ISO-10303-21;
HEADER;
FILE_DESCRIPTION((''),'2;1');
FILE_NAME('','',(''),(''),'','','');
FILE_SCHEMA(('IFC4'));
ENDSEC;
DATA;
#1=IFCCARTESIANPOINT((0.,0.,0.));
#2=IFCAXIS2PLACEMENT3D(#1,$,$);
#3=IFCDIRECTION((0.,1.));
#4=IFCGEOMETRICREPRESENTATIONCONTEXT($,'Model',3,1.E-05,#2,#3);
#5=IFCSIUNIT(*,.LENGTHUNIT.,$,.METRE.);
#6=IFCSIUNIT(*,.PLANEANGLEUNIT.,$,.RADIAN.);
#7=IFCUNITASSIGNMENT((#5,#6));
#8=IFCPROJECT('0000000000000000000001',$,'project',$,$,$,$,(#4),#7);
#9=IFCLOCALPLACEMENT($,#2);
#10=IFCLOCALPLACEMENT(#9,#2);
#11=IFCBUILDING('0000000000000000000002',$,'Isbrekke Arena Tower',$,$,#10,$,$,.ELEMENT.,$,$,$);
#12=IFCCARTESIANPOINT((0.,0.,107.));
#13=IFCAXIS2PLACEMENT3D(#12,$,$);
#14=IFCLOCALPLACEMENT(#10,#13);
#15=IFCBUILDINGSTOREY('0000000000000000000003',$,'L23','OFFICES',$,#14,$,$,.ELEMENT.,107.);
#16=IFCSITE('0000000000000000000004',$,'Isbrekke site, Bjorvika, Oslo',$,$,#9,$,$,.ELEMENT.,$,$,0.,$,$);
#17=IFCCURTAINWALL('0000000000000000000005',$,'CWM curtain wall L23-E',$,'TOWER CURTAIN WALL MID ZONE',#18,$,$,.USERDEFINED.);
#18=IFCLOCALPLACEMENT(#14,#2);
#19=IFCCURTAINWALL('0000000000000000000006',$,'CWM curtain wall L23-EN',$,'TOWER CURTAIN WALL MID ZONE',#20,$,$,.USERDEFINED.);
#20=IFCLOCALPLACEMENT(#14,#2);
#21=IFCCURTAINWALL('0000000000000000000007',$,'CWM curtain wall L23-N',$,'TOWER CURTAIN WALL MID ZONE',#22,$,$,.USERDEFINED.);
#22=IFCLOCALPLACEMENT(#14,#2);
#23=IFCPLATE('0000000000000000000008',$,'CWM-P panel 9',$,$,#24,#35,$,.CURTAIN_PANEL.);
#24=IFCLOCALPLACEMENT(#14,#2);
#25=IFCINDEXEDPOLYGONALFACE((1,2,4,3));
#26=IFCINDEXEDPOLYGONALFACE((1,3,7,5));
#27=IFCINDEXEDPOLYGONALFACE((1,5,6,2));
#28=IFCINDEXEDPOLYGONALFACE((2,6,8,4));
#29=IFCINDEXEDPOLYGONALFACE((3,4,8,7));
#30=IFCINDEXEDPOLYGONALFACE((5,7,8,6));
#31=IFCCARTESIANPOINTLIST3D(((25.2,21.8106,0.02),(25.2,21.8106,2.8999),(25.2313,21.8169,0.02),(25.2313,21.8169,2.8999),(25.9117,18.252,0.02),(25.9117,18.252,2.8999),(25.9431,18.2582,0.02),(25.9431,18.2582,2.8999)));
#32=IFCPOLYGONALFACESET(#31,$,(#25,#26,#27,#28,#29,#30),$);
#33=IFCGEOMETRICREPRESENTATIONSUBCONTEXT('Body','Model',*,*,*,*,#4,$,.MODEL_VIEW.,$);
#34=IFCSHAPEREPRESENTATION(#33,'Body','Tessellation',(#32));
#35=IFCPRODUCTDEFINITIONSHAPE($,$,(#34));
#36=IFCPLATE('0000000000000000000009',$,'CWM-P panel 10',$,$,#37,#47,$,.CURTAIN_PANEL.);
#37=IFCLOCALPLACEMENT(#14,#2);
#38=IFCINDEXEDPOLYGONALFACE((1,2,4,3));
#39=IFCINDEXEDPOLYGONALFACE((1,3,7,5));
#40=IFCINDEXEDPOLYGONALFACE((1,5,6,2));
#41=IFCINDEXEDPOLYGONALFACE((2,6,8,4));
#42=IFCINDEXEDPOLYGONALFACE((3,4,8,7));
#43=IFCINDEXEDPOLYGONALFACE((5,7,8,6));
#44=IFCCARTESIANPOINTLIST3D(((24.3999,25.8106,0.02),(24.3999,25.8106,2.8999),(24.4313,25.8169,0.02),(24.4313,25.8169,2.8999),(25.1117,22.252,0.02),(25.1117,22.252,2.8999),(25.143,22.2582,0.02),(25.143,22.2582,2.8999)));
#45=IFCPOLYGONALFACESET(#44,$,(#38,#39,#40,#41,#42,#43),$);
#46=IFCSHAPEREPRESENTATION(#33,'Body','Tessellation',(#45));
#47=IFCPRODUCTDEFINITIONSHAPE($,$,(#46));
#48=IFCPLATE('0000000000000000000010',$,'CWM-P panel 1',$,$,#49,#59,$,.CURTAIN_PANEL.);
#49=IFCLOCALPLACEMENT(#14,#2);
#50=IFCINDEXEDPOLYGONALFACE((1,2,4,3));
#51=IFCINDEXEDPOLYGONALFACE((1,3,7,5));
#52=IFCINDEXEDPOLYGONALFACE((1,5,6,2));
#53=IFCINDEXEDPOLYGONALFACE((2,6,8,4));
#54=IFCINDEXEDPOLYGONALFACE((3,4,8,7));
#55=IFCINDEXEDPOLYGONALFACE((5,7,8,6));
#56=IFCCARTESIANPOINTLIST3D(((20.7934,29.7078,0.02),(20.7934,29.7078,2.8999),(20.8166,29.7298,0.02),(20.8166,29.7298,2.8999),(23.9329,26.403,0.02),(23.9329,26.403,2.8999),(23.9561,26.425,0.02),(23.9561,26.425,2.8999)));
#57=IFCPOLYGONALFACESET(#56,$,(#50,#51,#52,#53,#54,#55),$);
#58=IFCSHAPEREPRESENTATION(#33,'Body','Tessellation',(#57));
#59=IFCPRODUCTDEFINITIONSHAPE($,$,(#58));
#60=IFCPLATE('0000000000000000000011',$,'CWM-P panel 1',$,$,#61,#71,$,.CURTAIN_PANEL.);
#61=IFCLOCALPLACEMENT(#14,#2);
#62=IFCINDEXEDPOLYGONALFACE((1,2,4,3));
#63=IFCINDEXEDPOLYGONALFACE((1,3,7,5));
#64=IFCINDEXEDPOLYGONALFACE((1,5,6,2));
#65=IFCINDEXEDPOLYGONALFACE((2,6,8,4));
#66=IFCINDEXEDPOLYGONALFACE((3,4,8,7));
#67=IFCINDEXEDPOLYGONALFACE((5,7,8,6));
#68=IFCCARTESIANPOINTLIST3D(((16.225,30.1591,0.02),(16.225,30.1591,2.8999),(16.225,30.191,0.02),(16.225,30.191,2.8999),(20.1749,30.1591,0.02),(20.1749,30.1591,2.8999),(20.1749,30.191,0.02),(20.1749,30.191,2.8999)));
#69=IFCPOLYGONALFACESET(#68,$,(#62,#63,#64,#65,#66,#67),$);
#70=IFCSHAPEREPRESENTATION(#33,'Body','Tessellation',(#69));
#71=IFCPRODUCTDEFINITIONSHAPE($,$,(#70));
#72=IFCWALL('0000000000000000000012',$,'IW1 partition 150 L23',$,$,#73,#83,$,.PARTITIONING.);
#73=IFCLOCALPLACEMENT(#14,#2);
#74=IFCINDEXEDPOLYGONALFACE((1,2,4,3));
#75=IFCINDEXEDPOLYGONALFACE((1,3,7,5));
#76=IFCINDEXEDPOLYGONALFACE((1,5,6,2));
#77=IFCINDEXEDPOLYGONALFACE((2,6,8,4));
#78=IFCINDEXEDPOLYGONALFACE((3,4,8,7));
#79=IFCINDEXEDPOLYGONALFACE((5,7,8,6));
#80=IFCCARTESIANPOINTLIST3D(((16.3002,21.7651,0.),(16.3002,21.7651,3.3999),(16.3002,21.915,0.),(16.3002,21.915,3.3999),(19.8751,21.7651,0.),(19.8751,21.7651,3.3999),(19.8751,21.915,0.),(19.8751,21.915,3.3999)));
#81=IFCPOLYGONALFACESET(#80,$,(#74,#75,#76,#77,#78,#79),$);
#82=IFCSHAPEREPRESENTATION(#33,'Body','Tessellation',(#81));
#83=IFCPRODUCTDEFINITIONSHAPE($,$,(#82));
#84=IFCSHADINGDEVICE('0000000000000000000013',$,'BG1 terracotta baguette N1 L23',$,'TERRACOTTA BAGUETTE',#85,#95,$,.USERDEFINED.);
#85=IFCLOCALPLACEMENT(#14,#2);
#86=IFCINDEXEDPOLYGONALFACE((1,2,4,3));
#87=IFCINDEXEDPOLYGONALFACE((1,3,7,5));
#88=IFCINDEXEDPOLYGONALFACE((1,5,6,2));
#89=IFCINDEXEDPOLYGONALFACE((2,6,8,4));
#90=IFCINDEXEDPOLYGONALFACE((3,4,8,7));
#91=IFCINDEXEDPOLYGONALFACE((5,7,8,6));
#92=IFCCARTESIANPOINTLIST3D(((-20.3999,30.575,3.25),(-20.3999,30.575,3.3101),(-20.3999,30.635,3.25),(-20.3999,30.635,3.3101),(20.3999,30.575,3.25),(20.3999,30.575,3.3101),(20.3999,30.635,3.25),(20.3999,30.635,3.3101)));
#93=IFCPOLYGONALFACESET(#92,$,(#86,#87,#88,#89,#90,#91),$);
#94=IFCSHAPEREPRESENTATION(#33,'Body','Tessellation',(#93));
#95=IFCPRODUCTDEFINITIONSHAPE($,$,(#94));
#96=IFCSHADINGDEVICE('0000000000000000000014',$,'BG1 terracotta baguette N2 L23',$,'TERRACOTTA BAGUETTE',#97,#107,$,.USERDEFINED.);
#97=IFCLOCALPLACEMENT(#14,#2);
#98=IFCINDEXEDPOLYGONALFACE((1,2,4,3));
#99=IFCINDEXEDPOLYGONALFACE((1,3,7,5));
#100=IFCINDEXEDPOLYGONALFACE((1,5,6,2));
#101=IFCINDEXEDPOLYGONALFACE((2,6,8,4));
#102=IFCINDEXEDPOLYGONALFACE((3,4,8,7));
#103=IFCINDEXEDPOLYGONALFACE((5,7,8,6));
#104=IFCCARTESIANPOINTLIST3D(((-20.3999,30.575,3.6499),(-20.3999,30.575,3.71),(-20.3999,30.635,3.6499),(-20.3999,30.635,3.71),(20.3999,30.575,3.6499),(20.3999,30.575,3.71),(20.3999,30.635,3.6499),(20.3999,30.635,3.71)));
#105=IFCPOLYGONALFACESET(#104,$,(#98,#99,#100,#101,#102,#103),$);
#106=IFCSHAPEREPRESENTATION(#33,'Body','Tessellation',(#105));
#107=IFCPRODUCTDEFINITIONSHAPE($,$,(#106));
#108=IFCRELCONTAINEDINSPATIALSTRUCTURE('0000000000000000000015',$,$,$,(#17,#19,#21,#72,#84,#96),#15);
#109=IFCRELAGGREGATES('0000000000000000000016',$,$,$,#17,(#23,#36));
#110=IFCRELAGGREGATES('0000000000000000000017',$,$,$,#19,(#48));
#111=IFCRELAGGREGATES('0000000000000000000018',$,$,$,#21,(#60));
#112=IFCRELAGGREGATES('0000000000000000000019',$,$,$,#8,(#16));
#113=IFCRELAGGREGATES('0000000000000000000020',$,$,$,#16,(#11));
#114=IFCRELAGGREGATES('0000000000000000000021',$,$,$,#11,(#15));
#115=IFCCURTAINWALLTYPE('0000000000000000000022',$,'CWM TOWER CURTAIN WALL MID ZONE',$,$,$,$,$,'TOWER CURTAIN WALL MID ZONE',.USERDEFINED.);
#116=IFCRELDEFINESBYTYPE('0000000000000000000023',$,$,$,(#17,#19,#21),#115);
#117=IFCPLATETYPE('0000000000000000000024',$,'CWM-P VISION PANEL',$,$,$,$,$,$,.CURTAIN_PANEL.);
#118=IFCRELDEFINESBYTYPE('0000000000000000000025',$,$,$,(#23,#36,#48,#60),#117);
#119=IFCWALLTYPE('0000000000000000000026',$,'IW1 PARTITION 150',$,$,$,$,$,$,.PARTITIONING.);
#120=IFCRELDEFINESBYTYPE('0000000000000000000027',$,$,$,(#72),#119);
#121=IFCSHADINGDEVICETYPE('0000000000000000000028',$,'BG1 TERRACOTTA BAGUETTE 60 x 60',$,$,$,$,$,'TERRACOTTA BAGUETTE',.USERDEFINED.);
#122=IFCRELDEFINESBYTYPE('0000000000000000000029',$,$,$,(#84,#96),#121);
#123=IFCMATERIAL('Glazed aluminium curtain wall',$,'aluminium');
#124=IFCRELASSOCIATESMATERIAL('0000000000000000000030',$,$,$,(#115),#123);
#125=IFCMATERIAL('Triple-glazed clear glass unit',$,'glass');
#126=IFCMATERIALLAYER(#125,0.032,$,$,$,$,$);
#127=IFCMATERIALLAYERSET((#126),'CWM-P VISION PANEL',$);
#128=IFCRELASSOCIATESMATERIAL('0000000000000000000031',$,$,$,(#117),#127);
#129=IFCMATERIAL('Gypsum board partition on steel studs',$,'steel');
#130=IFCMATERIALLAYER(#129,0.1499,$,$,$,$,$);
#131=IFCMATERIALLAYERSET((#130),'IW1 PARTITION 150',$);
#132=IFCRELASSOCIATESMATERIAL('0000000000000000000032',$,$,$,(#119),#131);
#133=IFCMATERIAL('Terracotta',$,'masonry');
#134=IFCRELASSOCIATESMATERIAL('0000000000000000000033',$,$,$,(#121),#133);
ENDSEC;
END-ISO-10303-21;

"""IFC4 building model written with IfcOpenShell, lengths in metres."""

from ifc_helpers import new_model, si_unit, direction, frame, frame_2d, origin, origin_2d, place, context, subcontext, project, spatial, rectangle, extrude, material, layer, layer_set, material_profile, profile_set, type_object, element, aggregate, save


model = new_model("IFC4")

# Units and contexts
model_context = context("Model", 3, precision=1e-05, world=origin(), true_north=direction((0.0, 1.0)))
body_context = subcontext(model_context, "Body", "Model", "MODEL_VIEW")
ifc_project = project(units=[si_unit("LENGTHUNIT", "METRE"), si_unit("PLANEANGLEUNIT", "RADIAN")], contexts=[model_context])

# Site, building, storey
site_placement = place(None, origin())
site = spatial("IfcSite", under=ifc_project, at=site_placement, Name="Isbrekke site, Bjorvika, Oslo", CompositionType="ELEMENT", RefElevation=0.0)
building_placement = place(site_placement, origin())
building = spatial("IfcBuilding", under=site, at=building_placement, Name="Isbrekke Arena Tower", CompositionType="ELEMENT")
storey_placement = place(building_placement, frame((0.0, 0.0, 107.0)))
storey = spatial("IfcBuildingStorey", under=building, at=storey_placement, Name="L23", Description="OFFICES", CompositionType="ELEMENT", Elevation=107.0)

# Curtain walls
ifc_material_1 = material(Name="Glazed aluminium curtain wall", Category="aluminium")
curtain_wall_type = type_object("IfcCurtainWallType", Name="CWM TOWER CURTAIN WALL MID ZONE", ElementType="TOWER CURTAIN WALL MID ZONE", PredefinedType="USERDEFINED", material=ifc_material_1)
curtain_wall_1_placement = place(storey_placement, origin())
curtain_wall_1 = element("IfcCurtainWall", 1, at=curtain_wall_1_placement, inside=storey, type_object=curtain_wall_type, Name="CWM curtain wall L23-E", ObjectType="TOWER CURTAIN WALL MID ZONE", PredefinedType="USERDEFINED")
curtain_wall_2_placement = place(storey_placement, origin())
curtain_wall_2 = element("IfcCurtainWall", 2, at=curtain_wall_2_placement, inside=storey, type_object=curtain_wall_type, Name="CWM curtain wall L23-EN", ObjectType="TOWER CURTAIN WALL MID ZONE", PredefinedType="USERDEFINED")
curtain_wall_3_placement = place(storey_placement, origin())
curtain_wall_3 = element("IfcCurtainWall", 3, at=curtain_wall_3_placement, inside=storey, type_object=curtain_wall_type, Name="CWM curtain wall L23-N", ObjectType="TOWER CURTAIN WALL MID ZONE", PredefinedType="USERDEFINED")

# Plates
ifc_material_2 = material(Name="Triple-glazed clear glass unit", Category="glass")
ifc_layer_1 = layer(ifc_material_2, 0.032)
ifc_layer_set_1 = layer_set([ifc_layer_1], Name="CWM-P VISION PANEL")
plate_type = type_object("IfcPlateType", Name="CWM-P VISION PANEL", PredefinedType="CURTAIN_PANEL", material=ifc_layer_set_1)
plate_1_placement = place(storey_placement, frame((25.5715, 20.0344, 0.02), z_axis=(0.0, 0.0, 1.0), x_axis=(-0.196116, 0.980581, 0.0)))
plate_1 = element("IfcPlate", 4, at=plate_1_placement, type_object=plate_type, Name="CWM-P panel 9", PredefinedType="CURTAIN_PANEL", context=body_context, shape_type="SweptSolid", body=[
    extrude(rectangle(XDim=3.6292, YDim=0.032, at=origin_2d()), origin(), (0.0, 0.0, 1.0), 2.8799),
])
plate_2_placement = place(storey_placement, frame((24.7715, 24.0344, 0.02), z_axis=(0.0, 0.0, 1.0), x_axis=(-0.196116, 0.980581, 0.0)))
plate_2 = element("IfcPlate", 5, at=plate_2_placement, type_object=plate_type, Name="CWM-P panel 10", PredefinedType="CURTAIN_PANEL", context=body_context, shape_type="SweptSolid", body=[
    extrude(rectangle(XDim=3.6292, YDim=0.032, at=origin_2d()), origin(), (0.0, 0.0, 1.0), 2.8799),
])
aggregate(curtain_wall_1, [plate_1, plate_2])
plate_3_placement = place(storey_placement, frame((22.3748, 28.0664, 0.02), z_axis=(0.0, 0.0, 1.0), x_axis=(-0.688749, 0.724999, 0.0)))
plate_3 = element("IfcPlate", 6, at=plate_3_placement, type_object=plate_type, Name="CWM-P panel 1", PredefinedType="CURTAIN_PANEL", context=body_context, shape_type="SweptSolid", body=[
    extrude(rectangle(XDim=4.5583, YDim=0.032, at=origin_2d()), origin(), (0.0, 0.0, 1.0), 2.8799),
])
aggregate(curtain_wall_2, [plate_3])
plate_4_placement = place(storey_placement, frame((18.2, 30.175, 0.02), z_axis=(0.0, 0.0, 1.0), x_axis=(-1.0, 0.0, 0.0)))
plate_4 = element("IfcPlate", 7, at=plate_4_placement, type_object=plate_type, Name="CWM-P panel 1", PredefinedType="CURTAIN_PANEL", context=body_context, shape_type="SweptSolid", body=[
    extrude(rectangle(XDim=3.95, YDim=0.032, at=origin_2d()), origin(), (0.0, 0.0, 1.0), 2.8799),
])
aggregate(curtain_wall_3, [plate_4])

# Wall
ifc_material_3 = material(Name="Gypsum board partition on steel studs", Category="steel")
ifc_layer_2 = layer(ifc_material_3, 0.1499)
ifc_layer_set_2 = layer_set([ifc_layer_2], Name="IW1 PARTITION 150")
wall_type = type_object("IfcWallType", Name="IW1 PARTITION 150", PredefinedType="PARTITIONING", material=ifc_layer_set_2)
wall_placement = place(storey_placement, frame((16.3, 21.8401, 0.0), z_axis=(0.0, 0.0, 1.0), x_axis=(1.0, 0.0, 0.0)))
element("IfcWall", 8, at=wall_placement, inside=storey, type_object=wall_type, Name="IW1 partition 150 L23", PredefinedType="PARTITIONING", context=body_context, shape_type="SweptSolid", body=[
    extrude(rectangle(XDim=3.575, YDim=0.1499, at=frame_2d((1.7876, 0.0))), origin(), (0.0, 0.0, 1.0), 3.3999),
])

# Shading devices
ifc_material_4 = material(Name="Terracotta", Category="masonry")
ifc_material_profile_1 = material_profile(ifc_material_4, rectangle(XDim=0.0601, YDim=0.0601, at=origin_2d()), Name="BAGUETTE 60X60")
ifc_profile_set_1 = profile_set([ifc_material_profile_1], Name="Terracotta")
shading_device_type = type_object("IfcShadingDeviceType", Name="BG1 TERRACOTTA BAGUETTE 60 x 60", ElementType="TERRACOTTA BAGUETTE", PredefinedType="USERDEFINED", material=ifc_profile_set_1)
for number, where, z_axis, x_axis, name in (
    (9, (20.3999, 30.605, 3.28), (-1.0, 0.0, 0.0), (0.0, -1.0, 0.0), "BG1 terracotta baguette N1 L23"),
    (10, (20.3999, 30.605, 3.6799), (-1.0, 0.0, 0.0), (0.0, -1.0, 0.0), "BG1 terracotta baguette N2 L23"),
):
    element("IfcShadingDevice", number, at=place(storey_placement, frame(where, z_axis=z_axis, x_axis=x_axis)), inside=storey, type_object=shading_device_type, Name=name, ObjectType="TERRACOTTA BAGUETTE", PredefinedType="USERDEFINED", context=body_context, shape_type="SweptSolid", body=[
        extrude(rectangle(XDim=0.0601, YDim=0.0601, at=origin_2d()), origin(), (0.0, 0.0, 1.0), 40.7998),
    ])

save(model, "model.ifc")
